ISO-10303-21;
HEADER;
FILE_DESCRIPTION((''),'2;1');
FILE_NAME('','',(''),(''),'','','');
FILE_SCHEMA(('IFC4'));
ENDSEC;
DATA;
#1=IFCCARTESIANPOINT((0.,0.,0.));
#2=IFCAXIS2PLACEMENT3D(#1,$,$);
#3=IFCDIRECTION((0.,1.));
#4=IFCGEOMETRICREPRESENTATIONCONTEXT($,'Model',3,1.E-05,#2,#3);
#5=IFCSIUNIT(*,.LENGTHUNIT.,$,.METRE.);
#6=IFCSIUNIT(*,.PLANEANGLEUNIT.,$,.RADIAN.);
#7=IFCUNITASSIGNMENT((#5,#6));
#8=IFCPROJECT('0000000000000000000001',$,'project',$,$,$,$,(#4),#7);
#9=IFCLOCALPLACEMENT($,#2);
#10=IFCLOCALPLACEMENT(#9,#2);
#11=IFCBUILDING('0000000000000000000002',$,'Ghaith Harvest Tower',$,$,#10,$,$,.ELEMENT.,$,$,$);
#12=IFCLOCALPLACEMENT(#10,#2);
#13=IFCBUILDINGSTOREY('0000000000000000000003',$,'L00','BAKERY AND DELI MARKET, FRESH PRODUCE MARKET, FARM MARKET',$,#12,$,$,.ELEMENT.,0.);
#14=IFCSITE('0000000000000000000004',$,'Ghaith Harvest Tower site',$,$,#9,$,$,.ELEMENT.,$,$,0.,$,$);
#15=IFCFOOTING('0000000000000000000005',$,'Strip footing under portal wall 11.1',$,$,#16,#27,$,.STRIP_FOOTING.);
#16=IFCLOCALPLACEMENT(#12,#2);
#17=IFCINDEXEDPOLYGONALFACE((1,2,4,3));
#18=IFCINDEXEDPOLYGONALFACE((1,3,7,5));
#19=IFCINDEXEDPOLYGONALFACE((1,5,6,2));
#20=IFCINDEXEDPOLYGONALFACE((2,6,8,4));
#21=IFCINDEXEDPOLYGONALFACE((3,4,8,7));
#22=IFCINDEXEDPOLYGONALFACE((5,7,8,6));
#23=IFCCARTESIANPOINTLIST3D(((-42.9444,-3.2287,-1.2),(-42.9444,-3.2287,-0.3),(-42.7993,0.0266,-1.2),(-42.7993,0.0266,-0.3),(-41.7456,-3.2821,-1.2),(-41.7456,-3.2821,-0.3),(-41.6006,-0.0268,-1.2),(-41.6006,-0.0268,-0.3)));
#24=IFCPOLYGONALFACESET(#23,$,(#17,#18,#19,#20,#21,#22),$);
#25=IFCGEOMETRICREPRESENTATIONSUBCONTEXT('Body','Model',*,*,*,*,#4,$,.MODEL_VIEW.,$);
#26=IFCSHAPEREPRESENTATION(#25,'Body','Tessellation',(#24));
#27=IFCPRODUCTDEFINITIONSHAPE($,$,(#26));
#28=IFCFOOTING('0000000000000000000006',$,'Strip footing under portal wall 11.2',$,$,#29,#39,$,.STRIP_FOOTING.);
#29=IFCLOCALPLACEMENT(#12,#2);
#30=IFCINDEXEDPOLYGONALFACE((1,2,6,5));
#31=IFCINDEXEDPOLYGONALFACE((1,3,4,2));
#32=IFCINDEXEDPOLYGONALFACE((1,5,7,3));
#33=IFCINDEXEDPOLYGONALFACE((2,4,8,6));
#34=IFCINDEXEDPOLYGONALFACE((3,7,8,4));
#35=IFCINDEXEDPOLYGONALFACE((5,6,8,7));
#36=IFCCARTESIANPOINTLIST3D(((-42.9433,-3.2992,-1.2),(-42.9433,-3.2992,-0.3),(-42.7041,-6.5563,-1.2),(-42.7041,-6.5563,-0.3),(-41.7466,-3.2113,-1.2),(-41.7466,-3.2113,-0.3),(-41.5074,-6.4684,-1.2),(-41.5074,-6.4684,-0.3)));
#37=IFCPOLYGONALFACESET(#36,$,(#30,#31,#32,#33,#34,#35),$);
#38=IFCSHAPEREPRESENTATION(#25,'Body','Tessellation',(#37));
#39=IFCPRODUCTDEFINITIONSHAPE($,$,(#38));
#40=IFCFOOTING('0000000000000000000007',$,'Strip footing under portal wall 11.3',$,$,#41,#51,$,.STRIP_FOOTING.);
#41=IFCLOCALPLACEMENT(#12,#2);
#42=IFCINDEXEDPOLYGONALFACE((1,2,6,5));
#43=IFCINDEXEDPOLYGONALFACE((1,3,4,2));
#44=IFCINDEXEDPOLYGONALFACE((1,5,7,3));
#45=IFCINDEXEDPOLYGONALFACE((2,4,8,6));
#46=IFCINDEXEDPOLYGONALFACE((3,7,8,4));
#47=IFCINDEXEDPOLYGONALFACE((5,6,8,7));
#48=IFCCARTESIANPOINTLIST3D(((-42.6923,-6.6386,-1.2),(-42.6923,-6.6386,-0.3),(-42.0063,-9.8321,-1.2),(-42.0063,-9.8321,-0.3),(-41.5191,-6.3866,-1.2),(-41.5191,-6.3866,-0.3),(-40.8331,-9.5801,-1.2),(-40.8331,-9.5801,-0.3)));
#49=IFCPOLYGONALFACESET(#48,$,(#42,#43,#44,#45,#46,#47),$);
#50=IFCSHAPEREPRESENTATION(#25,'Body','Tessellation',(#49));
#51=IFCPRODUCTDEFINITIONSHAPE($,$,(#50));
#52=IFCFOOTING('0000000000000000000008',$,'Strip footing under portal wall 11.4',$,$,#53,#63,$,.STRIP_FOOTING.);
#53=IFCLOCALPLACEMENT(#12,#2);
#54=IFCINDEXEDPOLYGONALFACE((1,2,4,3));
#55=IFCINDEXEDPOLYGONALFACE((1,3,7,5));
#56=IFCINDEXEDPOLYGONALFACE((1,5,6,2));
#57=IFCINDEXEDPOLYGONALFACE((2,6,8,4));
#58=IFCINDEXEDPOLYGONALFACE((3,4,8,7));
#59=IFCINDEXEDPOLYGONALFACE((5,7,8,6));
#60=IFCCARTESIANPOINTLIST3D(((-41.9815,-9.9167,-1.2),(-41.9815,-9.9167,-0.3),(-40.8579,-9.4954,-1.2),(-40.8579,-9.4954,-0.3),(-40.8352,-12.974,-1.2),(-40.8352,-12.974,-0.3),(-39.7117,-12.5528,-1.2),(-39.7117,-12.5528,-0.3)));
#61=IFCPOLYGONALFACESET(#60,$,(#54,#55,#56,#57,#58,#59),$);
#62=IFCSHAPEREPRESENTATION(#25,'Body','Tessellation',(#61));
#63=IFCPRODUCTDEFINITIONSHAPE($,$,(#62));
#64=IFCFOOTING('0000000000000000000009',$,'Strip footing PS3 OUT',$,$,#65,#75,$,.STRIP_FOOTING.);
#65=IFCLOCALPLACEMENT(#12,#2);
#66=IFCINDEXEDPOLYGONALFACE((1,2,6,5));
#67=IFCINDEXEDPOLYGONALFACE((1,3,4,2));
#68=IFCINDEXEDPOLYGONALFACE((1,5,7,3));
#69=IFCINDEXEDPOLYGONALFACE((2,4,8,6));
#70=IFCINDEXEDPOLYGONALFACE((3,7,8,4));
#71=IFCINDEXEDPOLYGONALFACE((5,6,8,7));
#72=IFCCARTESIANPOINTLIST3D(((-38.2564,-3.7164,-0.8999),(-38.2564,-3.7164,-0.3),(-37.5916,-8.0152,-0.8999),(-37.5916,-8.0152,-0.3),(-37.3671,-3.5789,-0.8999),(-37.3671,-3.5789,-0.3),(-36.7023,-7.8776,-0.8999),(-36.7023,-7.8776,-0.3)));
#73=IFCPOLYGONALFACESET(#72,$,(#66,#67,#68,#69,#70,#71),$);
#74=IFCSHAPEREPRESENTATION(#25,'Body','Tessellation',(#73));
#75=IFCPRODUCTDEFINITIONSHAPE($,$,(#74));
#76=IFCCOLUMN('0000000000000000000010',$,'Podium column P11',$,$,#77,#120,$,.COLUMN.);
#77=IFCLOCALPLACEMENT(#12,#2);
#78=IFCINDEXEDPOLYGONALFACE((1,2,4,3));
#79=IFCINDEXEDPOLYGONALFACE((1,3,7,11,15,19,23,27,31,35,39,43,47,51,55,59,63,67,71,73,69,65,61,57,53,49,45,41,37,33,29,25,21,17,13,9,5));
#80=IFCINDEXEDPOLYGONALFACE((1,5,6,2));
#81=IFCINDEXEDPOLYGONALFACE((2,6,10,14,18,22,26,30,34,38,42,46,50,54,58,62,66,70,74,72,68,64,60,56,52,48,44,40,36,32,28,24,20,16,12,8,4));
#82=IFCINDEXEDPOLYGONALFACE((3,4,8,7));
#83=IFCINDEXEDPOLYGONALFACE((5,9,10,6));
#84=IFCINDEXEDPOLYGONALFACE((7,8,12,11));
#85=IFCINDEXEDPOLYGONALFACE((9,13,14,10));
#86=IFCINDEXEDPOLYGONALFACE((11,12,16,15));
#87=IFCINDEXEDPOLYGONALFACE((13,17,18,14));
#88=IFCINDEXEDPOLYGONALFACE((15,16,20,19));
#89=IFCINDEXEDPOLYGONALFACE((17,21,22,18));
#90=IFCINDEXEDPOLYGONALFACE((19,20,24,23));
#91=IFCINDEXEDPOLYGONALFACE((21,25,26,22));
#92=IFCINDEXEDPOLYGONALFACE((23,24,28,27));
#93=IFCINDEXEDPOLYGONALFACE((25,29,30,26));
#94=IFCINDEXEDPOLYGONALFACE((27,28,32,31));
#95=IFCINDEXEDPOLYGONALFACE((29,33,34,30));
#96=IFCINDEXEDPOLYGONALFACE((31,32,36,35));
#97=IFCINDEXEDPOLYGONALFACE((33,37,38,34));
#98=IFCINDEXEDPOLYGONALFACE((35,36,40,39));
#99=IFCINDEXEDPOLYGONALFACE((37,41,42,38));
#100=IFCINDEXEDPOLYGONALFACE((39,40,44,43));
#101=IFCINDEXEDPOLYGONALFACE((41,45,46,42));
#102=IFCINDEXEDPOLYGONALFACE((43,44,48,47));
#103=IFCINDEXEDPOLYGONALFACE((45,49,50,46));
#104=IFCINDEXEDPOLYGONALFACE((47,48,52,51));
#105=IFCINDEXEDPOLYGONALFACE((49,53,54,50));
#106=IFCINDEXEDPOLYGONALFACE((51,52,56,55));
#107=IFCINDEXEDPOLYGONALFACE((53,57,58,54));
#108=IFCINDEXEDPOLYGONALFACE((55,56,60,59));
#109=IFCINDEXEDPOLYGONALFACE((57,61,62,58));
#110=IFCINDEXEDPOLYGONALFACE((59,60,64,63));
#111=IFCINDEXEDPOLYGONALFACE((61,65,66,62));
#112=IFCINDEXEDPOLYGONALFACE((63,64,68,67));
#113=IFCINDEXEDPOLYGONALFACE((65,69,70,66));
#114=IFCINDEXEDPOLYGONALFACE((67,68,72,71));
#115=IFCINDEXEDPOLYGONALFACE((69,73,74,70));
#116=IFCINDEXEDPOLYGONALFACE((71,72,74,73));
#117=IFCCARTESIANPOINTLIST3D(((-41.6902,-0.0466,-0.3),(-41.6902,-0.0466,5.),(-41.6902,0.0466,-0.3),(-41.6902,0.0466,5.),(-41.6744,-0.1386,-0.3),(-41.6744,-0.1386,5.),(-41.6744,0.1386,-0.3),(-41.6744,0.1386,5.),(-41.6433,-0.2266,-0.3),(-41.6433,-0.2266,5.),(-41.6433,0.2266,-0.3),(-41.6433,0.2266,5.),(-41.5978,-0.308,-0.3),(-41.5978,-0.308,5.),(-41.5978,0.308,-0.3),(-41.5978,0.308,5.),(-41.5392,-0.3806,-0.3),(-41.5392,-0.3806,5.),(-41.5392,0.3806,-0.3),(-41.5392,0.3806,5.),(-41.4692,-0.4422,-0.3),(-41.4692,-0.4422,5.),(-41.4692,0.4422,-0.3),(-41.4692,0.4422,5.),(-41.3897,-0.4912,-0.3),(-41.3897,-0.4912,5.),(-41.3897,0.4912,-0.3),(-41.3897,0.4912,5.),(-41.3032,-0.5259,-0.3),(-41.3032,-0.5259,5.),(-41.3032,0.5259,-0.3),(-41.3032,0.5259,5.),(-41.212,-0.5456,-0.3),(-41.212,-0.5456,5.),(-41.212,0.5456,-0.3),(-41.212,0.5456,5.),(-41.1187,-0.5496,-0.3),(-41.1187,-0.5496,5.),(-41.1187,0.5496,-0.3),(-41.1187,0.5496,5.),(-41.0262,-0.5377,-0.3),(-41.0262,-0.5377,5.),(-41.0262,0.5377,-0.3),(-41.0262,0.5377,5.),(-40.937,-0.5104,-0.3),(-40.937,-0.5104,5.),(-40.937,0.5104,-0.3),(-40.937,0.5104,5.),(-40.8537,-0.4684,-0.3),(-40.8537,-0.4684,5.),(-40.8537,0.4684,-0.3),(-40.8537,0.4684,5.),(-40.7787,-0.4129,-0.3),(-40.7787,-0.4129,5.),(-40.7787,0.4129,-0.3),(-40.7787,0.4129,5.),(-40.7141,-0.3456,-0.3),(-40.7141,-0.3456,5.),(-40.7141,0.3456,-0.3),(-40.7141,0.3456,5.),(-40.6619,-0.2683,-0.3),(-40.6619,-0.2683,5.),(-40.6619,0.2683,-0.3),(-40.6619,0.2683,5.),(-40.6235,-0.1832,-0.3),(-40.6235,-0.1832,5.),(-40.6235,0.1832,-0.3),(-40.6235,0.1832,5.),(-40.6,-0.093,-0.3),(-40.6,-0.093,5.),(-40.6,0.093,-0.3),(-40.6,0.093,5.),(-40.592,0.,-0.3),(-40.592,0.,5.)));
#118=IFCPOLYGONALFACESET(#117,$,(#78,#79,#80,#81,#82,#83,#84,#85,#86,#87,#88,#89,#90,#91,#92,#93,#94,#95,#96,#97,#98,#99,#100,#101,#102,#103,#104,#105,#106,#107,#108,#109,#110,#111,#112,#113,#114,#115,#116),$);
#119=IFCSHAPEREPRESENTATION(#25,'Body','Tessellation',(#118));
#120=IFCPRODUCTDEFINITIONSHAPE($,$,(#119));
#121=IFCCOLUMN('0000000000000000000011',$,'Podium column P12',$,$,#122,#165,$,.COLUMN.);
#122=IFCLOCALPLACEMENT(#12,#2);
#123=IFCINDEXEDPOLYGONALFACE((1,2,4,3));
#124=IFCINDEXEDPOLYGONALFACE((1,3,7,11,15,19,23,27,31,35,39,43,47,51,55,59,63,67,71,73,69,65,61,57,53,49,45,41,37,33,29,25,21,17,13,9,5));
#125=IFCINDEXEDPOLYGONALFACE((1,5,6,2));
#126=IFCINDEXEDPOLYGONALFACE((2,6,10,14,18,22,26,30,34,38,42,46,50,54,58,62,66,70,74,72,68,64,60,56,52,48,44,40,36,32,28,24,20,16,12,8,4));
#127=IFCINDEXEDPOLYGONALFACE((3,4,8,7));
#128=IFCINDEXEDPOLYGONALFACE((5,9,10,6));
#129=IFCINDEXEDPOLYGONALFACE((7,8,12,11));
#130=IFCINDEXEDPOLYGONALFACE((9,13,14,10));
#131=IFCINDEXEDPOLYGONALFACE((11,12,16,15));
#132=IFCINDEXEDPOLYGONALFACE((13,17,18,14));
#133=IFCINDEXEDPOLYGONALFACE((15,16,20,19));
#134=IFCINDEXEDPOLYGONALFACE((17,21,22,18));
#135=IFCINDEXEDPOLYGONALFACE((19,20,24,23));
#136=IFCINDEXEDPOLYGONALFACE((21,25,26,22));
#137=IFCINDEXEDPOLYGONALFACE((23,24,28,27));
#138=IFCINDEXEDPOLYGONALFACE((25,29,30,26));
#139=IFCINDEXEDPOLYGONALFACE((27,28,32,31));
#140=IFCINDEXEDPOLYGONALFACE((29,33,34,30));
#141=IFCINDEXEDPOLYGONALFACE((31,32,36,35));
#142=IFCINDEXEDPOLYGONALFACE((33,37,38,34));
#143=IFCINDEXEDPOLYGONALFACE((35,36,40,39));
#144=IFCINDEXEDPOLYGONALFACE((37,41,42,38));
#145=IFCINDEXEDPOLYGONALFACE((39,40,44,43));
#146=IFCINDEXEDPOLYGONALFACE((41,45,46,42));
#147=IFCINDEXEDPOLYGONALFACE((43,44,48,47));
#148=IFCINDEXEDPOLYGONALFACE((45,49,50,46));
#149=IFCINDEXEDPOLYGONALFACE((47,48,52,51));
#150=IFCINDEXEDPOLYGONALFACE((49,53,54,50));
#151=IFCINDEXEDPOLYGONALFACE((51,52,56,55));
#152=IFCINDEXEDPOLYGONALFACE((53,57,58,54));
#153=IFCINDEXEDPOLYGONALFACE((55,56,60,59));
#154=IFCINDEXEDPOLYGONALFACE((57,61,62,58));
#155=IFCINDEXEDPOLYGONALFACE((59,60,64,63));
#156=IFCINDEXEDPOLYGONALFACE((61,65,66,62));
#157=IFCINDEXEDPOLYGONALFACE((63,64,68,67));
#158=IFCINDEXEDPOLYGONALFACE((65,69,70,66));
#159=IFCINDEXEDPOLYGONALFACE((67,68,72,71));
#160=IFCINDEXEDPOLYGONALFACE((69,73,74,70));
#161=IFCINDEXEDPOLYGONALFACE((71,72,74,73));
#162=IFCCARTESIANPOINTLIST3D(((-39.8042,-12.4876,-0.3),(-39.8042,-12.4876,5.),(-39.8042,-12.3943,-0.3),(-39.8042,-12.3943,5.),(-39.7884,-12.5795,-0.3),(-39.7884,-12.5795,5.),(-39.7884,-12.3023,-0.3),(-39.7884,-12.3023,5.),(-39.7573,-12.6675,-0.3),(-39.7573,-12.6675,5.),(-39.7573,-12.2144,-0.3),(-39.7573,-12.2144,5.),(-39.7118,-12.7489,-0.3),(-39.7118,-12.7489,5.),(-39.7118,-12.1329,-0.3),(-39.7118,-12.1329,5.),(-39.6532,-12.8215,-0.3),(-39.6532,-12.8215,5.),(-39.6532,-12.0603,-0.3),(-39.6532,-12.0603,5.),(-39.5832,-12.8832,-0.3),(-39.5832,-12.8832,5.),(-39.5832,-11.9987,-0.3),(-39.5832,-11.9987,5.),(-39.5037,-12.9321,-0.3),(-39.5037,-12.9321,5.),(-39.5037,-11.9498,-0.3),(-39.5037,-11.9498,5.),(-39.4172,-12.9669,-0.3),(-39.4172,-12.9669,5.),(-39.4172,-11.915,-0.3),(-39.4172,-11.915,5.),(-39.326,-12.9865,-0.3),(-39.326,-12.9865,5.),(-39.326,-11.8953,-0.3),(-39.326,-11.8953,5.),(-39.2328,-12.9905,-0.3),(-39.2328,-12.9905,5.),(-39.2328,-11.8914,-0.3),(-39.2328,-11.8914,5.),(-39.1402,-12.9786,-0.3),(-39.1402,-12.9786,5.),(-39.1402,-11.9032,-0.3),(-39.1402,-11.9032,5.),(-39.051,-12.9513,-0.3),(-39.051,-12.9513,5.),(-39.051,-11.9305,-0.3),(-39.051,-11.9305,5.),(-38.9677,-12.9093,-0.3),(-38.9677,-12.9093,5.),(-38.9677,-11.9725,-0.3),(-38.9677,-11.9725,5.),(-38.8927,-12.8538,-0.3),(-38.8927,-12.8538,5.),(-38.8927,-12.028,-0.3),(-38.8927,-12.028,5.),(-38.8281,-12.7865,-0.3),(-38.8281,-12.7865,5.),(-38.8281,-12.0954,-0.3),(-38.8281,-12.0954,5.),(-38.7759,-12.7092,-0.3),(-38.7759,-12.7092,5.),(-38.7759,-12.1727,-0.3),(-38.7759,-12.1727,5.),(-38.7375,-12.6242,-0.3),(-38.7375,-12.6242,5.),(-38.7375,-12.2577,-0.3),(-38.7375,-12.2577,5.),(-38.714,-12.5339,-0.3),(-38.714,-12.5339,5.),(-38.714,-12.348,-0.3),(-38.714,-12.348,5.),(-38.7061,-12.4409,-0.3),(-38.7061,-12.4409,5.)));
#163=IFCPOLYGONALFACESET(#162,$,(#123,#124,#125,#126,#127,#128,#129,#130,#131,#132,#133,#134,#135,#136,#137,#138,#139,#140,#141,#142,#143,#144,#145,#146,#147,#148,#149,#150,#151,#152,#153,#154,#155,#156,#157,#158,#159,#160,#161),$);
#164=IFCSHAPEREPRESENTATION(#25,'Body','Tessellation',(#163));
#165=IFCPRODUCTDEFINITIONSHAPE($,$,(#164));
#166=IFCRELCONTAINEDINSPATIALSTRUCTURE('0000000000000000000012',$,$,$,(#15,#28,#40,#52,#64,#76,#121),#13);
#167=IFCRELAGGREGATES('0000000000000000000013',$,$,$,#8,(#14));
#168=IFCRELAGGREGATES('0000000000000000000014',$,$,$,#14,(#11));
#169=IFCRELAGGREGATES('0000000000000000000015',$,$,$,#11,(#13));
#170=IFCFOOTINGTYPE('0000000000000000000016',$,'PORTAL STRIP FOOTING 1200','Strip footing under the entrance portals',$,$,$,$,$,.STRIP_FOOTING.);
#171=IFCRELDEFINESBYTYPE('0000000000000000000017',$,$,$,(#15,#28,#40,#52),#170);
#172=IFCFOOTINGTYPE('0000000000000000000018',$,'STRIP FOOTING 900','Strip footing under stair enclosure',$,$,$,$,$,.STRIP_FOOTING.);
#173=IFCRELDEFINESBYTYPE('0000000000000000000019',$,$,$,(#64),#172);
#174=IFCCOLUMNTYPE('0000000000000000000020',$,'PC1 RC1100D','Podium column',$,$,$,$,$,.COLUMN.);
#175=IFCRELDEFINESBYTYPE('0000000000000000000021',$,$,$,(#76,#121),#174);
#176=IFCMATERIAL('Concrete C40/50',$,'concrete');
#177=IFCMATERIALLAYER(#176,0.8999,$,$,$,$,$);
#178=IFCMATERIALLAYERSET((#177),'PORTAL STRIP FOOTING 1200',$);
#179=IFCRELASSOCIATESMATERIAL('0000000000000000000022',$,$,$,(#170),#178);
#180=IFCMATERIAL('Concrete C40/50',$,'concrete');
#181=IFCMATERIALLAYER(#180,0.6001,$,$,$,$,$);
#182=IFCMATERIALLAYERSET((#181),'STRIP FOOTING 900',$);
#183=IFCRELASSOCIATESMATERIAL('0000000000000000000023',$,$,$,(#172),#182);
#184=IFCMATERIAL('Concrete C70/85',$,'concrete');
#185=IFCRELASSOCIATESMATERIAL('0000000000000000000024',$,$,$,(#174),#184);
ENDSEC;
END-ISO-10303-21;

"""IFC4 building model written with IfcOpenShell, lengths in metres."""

from ifc_helpers import new_model, si_unit, direction, frame, frame_2d, origin, origin_2d, place, context, subcontext, project, spatial, rectangle, circle, extrude, material, layer, layer_set, material_profile, profile_set, type_object, element, save


model = new_model("IFC4")

# Units and contexts
model_context = context("Model", 3, precision=1e-05, world=origin(), true_north=direction((0.0, 1.0)))
body_context = subcontext(model_context, "Body", "Model", "MODEL_VIEW")
ifc_project = project(units=[si_unit("LENGTHUNIT", "METRE"), si_unit("PLANEANGLEUNIT", "RADIAN")], contexts=[model_context])

# Site, building, storey
site_placement = place(None, origin())
site = spatial("IfcSite", under=ifc_project, at=site_placement, Name="Ghaith Harvest Tower site", CompositionType="ELEMENT", RefElevation=0.0)
building_placement = place(site_placement, origin())
building = spatial("IfcBuilding", under=site, at=building_placement, Name="Ghaith Harvest Tower", CompositionType="ELEMENT")
storey_placement = place(building_placement, origin())
storey = spatial("IfcBuildingStorey", under=building, at=storey_placement, Name="L00", Description="BAKERY AND DELI MARKET, FRESH PRODUCE MARKET, FARM MARKET", CompositionType="ELEMENT", Elevation=0.0)

# Footings
ifc_material_1 = material(Name="Concrete C40/50", Category="concrete")
ifc_layer_1 = layer(ifc_material_1, 0.8999)
ifc_layer_set_1 = layer_set([ifc_layer_1], Name="PORTAL STRIP FOOTING 1200")
footing_type_1 = type_object("IfcFootingType", Name="PORTAL STRIP FOOTING 1200", Description="Strip footing under the entrance portals", PredefinedType="STRIP_FOOTING", material=ifc_layer_set_1)
footing_1_placement = place(storey_placement, frame((-42.2, 0.0, -1.2), z_axis=(0.0, 0.0, 1.0), x_axis=(-0.044504, -0.999009, 0.0)))
element("IfcFooting", 1, at=footing_1_placement, inside=storey, type_object=footing_type_1, Name="Strip footing under portal wall 11.1", PredefinedType="STRIP_FOOTING", context=body_context, shape_type="SweptSolid", body=[
    extrude(rectangle(XDim=3.2585, YDim=1.2, at=frame_2d((1.6294, 0.0))), origin(), (0.0, 0.0, 1.0), 0.8999),
])
footing_2_placement = place(storey_placement, frame((-42.345, -3.2554, -1.2), z_axis=(0.0, 0.0, 1.0), x_axis=(0.07326, -0.997313, 0.0)))
element("IfcFooting", 2, at=footing_2_placement, inside=storey, type_object=footing_type_1, Name="Strip footing under portal wall 11.2", PredefinedType="STRIP_FOOTING", context=body_context, shape_type="SweptSolid", body=[
    extrude(rectangle(XDim=3.2659, YDim=1.2, at=frame_2d((1.6328, 0.0))), origin(), (0.0, 0.0, 1.0), 0.8999),
])
footing_3_placement = place(storey_placement, frame((-42.1057, -6.5125, -1.2), z_axis=(0.0, 0.0, 1.0), x_axis=(0.210024, -0.977696, 0.0)))
element("IfcFooting", 3, at=footing_3_placement, inside=storey, type_object=footing_type_1, Name="Strip footing under portal wall 11.3", PredefinedType="STRIP_FOOTING", context=body_context, shape_type="SweptSolid", body=[
    extrude(rectangle(XDim=3.2664, YDim=1.2, at=frame_2d((1.6333, 0.0))), origin(), (0.0, 0.0, 1.0), 0.8999),
])
footing_4_placement = place(storey_placement, frame((-41.4197, -9.7061, -1.2), z_axis=(0.0, 0.0, 1.0), x_axis=(0.35105, -0.936357, 0.0)))
element("IfcFooting", 4, at=footing_4_placement, inside=storey, type_object=footing_type_1, Name="Strip footing under portal wall 11.4", PredefinedType="STRIP_FOOTING", context=body_context, shape_type="SweptSolid", body=[
    extrude(rectangle(XDim=3.2651, YDim=1.2, at=frame_2d((1.6326, 0.0))), origin(), (0.0, 0.0, 1.0), 0.8999),
])
ifc_material_2 = material(Name="Concrete C40/50", Category="concrete")
ifc_layer_2 = layer(ifc_material_2, 0.6001)
ifc_layer_set_2 = layer_set([ifc_layer_2], Name="STRIP FOOTING 900")
footing_type_2 = type_object("IfcFootingType", Name="STRIP FOOTING 900", Description="Strip footing under stair enclosure", PredefinedType="STRIP_FOOTING", material=ifc_layer_set_2)
footing_5_placement = place(storey_placement, frame((-37.147, -7.9463, -0.8999), z_axis=(0.0, 0.0, 1.0), x_axis=(-0.152829, 0.988253, 0.0)))
element("IfcFooting", 5, at=footing_5_placement, inside=storey, type_object=footing_type_2, Name="Strip footing PS3 OUT", PredefinedType="STRIP_FOOTING", context=body_context, shape_type="SweptSolid", body=[
    extrude(rectangle(XDim=4.3499, YDim=0.8999, at=frame_2d((2.1748, 0.0))), origin(), (0.0, 0.0, 1.0), 0.5999),
])

# Columns
ifc_material_3 = material(Name="Concrete C70/85", Category="concrete")
ifc_material_profile_1 = material_profile(ifc_material_3, circle(Radius=0.55, at=origin_2d()), Name="RC1100D")
ifc_profile_set_1 = profile_set([ifc_material_profile_1], Name="Concrete C70/85")
column_type = type_object("IfcColumnType", Name="PC1 RC1100D", Description="Podium column", PredefinedType="COLUMN", material=ifc_profile_set_1)
for number, where, z_axis, x_axis, name in (
    (6, (-41.1421, 0.0, -0.3), (0.0, 0.0, 1.0), (1.0, 0.0, 0.0), "Podium column P11"),
    (7, (-39.2561, -12.4409, -0.3), (0.0, 0.0, 1.0), (1.0, 0.0, 0.0), "Podium column P12"),
):
    element("IfcColumn", number, at=place(storey_placement, frame(where, z_axis=z_axis, x_axis=x_axis)), inside=storey, type_object=column_type, Name=name, PredefinedType="COLUMN", context=body_context, shape_type="SweptSolid", body=[
        extrude(circle(Radius=0.55, at=origin_2d()), origin(), (0.0, 0.0, 1.0), 5.3),
    ])

save(model, "model.ifc")
